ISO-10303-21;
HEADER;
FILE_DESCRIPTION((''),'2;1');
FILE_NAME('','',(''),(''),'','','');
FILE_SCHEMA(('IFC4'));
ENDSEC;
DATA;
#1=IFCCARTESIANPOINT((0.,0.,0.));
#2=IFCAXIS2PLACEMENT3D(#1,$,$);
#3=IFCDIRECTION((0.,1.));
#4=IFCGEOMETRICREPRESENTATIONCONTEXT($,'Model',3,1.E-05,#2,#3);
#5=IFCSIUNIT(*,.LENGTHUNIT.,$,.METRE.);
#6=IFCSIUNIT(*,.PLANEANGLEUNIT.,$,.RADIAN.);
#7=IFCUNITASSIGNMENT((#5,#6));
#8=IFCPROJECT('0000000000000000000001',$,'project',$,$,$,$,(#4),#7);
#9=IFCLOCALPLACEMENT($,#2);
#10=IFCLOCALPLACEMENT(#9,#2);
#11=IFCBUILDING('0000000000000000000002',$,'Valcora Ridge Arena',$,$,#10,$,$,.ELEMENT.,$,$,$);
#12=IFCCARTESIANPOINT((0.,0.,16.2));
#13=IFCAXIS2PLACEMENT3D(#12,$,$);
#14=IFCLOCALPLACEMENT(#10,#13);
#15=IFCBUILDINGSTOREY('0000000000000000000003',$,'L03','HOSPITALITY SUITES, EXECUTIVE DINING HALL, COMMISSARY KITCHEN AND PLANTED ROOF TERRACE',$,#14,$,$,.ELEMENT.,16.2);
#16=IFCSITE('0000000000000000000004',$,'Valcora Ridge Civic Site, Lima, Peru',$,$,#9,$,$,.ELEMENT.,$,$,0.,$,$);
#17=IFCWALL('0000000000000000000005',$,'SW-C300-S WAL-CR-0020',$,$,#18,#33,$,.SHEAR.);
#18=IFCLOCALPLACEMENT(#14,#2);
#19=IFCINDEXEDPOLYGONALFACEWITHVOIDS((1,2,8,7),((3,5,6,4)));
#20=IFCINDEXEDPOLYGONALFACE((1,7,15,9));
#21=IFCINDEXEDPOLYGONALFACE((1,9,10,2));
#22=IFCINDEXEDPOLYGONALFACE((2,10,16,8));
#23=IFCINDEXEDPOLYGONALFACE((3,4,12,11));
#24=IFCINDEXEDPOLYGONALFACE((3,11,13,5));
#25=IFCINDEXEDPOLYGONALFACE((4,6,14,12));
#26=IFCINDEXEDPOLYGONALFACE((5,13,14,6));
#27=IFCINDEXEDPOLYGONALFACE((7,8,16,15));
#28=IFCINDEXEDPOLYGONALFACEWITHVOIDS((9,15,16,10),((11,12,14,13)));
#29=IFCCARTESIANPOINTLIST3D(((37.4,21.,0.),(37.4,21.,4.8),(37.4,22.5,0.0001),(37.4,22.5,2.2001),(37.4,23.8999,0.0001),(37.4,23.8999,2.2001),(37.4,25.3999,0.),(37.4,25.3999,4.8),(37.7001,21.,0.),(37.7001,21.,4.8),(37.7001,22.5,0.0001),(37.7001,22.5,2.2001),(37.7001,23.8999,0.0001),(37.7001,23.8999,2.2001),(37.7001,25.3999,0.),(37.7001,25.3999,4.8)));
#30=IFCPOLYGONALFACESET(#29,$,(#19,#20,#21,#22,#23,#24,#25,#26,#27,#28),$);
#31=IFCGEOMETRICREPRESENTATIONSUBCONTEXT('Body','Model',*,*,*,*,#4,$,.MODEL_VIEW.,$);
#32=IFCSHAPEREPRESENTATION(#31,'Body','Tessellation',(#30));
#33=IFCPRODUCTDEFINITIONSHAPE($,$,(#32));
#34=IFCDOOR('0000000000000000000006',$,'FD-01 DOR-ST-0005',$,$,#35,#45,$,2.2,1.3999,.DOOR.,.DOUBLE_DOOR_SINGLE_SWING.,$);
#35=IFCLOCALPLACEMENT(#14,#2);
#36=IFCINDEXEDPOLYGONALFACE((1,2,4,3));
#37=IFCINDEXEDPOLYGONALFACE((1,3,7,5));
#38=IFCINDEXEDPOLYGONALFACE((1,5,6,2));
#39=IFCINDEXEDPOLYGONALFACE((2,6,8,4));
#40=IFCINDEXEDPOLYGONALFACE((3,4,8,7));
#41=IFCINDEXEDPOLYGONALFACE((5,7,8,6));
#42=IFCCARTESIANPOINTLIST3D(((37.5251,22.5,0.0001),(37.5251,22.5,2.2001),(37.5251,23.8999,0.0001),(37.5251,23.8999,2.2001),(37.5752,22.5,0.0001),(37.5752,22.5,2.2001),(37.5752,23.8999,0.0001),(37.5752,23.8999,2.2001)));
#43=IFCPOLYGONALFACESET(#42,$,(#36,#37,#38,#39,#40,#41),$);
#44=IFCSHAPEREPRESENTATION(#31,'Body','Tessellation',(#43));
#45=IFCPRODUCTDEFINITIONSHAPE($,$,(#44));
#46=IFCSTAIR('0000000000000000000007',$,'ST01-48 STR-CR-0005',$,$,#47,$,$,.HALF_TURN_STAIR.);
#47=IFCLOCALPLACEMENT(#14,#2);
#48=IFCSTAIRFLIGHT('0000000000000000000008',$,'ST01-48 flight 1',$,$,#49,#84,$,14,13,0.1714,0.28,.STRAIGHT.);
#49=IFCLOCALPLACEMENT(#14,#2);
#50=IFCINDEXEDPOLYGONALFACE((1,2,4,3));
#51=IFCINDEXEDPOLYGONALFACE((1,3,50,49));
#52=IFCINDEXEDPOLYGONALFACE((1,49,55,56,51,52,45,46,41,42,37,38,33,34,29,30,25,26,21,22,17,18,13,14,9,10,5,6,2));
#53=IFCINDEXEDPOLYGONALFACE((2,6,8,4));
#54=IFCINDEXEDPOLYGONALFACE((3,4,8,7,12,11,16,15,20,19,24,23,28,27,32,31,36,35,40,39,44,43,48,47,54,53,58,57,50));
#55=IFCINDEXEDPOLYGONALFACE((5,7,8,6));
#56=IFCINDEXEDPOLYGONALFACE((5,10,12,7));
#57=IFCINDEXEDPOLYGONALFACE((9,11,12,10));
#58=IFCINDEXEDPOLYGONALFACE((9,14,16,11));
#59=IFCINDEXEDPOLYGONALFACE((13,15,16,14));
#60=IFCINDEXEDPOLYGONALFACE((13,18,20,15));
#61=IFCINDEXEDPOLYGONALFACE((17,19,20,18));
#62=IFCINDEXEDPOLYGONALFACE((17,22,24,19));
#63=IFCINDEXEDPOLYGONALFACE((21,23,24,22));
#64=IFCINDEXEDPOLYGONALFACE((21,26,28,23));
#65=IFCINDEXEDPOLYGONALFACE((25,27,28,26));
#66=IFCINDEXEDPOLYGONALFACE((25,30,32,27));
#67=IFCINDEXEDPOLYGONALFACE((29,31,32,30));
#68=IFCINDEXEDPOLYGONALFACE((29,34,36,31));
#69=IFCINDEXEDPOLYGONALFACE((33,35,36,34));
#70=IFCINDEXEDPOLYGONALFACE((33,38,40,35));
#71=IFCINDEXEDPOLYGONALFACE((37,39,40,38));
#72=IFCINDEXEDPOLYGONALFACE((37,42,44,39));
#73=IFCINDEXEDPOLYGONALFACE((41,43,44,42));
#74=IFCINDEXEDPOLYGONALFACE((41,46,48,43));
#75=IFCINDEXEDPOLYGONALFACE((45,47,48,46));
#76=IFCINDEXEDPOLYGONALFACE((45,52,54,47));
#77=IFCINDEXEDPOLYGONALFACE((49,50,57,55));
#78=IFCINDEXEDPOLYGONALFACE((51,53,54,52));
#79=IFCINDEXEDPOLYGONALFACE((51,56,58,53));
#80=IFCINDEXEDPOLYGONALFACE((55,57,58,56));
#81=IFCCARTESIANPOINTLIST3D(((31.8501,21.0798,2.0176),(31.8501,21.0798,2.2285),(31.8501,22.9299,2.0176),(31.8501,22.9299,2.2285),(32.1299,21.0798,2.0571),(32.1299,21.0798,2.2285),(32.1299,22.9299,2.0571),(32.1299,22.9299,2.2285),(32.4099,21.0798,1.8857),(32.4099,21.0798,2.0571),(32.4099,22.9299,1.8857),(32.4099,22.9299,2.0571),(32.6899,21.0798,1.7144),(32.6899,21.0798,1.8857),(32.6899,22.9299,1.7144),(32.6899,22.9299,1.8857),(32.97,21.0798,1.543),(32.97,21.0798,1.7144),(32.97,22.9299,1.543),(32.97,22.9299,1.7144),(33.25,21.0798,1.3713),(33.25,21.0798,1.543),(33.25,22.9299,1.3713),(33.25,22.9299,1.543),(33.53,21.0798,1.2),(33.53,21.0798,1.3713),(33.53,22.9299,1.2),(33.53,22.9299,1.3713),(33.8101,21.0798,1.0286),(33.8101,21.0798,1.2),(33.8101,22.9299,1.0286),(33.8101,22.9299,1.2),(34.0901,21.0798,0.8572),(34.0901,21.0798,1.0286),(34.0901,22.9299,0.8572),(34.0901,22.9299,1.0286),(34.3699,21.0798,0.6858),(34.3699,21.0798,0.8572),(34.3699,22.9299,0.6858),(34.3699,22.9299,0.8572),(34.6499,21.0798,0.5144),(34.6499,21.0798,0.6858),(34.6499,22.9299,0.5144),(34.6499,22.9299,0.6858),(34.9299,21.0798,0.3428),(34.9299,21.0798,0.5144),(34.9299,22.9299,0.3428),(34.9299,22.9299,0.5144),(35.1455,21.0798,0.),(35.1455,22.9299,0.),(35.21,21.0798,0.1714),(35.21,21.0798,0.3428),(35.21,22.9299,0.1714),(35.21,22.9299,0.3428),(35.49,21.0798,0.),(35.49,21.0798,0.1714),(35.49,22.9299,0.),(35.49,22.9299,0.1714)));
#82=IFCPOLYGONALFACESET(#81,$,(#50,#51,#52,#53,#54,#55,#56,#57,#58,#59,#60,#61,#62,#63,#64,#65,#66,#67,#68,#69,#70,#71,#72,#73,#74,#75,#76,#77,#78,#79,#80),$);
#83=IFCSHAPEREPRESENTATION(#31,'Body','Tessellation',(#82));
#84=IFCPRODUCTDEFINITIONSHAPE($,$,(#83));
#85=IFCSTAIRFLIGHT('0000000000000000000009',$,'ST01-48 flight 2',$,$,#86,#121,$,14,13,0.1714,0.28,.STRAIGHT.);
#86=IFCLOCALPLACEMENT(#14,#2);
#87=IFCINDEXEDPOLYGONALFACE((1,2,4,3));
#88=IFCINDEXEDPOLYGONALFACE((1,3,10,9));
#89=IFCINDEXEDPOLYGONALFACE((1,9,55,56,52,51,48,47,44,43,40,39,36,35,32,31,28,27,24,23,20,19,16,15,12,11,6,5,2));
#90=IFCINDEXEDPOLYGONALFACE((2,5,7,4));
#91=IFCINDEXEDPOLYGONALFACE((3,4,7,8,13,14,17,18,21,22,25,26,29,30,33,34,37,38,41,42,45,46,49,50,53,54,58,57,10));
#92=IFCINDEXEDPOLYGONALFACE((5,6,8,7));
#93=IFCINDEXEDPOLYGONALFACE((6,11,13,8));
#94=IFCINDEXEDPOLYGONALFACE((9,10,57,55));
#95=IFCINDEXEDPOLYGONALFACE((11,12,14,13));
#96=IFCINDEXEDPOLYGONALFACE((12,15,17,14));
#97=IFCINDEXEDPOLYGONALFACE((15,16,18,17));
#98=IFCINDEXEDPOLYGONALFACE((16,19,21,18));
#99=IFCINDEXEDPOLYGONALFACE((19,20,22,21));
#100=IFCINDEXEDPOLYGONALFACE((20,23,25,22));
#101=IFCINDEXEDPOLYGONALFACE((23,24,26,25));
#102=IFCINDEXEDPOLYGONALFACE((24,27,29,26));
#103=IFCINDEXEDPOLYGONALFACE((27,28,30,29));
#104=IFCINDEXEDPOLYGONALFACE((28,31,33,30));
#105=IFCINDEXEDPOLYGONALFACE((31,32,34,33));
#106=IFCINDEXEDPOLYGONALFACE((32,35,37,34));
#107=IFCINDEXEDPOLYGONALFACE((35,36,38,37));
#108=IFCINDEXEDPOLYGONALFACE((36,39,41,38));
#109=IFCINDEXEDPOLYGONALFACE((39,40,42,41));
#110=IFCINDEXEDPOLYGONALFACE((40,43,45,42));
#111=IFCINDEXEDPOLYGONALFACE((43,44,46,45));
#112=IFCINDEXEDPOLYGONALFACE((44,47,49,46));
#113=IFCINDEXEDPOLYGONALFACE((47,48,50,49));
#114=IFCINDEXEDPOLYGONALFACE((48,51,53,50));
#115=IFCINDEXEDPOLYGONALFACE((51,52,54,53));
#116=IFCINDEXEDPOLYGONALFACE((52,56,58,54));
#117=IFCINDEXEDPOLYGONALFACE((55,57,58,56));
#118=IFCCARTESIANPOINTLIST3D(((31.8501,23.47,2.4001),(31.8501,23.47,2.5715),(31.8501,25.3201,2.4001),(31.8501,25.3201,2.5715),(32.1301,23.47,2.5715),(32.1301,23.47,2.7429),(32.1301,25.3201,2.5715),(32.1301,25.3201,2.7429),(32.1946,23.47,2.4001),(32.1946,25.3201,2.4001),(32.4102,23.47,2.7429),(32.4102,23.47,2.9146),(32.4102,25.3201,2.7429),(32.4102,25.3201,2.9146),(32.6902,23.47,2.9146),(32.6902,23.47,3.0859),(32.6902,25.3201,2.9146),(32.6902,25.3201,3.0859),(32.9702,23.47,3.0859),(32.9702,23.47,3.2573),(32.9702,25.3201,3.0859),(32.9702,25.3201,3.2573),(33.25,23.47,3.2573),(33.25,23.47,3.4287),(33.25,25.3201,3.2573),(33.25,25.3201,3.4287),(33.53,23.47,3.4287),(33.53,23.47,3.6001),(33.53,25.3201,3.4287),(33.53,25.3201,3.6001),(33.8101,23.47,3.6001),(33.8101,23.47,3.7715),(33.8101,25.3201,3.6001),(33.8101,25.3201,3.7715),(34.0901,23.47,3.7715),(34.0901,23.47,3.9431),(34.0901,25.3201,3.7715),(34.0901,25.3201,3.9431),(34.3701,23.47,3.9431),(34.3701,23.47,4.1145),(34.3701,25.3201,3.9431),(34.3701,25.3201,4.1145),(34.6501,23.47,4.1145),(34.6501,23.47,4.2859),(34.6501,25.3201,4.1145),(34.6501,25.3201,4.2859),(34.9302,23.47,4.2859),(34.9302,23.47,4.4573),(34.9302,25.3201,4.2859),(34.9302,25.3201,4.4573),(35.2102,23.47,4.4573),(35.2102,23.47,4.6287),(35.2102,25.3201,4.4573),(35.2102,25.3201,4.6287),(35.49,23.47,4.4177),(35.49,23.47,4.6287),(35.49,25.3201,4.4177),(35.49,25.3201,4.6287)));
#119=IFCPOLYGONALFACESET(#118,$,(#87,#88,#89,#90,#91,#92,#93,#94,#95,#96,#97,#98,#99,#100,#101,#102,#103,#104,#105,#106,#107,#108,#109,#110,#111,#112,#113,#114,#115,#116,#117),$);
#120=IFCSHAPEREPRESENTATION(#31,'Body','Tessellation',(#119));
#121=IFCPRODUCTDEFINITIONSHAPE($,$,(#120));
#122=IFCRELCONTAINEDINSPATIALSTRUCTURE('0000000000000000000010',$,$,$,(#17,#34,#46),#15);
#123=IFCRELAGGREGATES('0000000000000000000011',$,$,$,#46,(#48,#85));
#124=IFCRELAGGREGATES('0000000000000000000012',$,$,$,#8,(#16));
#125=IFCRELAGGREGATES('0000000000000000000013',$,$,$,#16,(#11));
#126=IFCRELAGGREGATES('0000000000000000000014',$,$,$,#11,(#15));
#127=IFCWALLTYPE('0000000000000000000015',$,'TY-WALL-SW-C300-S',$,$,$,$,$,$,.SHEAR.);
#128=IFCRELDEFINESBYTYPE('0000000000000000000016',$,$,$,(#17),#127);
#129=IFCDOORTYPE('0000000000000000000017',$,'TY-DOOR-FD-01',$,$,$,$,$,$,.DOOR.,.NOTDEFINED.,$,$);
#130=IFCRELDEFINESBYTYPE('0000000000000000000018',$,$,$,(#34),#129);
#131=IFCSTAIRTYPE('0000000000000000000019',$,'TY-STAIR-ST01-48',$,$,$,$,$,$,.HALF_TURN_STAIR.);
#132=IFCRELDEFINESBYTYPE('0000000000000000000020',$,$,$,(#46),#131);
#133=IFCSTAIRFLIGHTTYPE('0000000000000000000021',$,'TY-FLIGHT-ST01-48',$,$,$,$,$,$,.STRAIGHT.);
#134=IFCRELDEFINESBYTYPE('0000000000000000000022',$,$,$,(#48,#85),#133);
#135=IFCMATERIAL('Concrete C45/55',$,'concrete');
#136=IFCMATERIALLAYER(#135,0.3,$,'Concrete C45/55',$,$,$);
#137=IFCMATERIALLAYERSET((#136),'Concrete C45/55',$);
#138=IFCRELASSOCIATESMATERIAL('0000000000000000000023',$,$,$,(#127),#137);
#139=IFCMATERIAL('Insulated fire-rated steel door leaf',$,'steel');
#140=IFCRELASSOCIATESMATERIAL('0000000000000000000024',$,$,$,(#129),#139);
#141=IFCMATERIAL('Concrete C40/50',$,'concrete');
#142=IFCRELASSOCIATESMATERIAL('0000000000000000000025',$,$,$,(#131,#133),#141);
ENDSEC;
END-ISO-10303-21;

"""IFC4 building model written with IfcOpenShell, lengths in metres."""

from ifc_helpers import new_model, si_unit, direction, frame, frame_2d, origin, place, context, subcontext, project, spatial, polyline, rectangle, outline, extrude, material, layer, layer_set, type_object, element, fill, aggregate, save


model = new_model("IFC4")

# Units and contexts
model_context = context("Model", 3, precision=1e-05, world=origin(), true_north=direction((0.0, 1.0)))
body_context = subcontext(model_context, "Body", "Model", "MODEL_VIEW")
ifc_project = project(units=[si_unit("LENGTHUNIT", "METRE"), si_unit("PLANEANGLEUNIT", "RADIAN")], contexts=[model_context])

# Site, building, storey
site_placement = place(None, origin())
site = spatial("IfcSite", under=ifc_project, at=site_placement, Name="Valcora Ridge Civic Site, Lima, Peru", CompositionType="ELEMENT", RefElevation=0.0)
building_placement = place(site_placement, origin())
building = spatial("IfcBuilding", under=site, at=building_placement, Name="Valcora Ridge Arena", CompositionType="ELEMENT")
storey_placement = place(building_placement, frame((0.0, 0.0, 16.2)))
storey = spatial("IfcBuildingStorey", under=building, at=storey_placement, Name="L03", Description="HOSPITALITY SUITES, EXECUTIVE DINING HALL, COMMISSARY KITCHEN AND PLANTED ROOF TERRACE", CompositionType="ELEMENT", Elevation=16.2)

# Shared definitions
ifc_material_1 = material(Name="Concrete C40/50", Category="concrete")

# Shared definitions
ifc_material_2 = material(Name="Insulated fire-rated steel door leaf", Category="steel")

# Shared definitions
ifc_material_3 = material(Name="Concrete C45/55", Category="concrete")
ifc_layer_1 = layer(ifc_material_3, 0.3, Name="Concrete C45/55")
ifc_layer_set_1 = layer_set([ifc_layer_1], Name="Concrete C45/55")
wall_type_1 = type_object("IfcWallType", Name="TY-WALL-SW-C300-S", PredefinedType="SHEAR", material=ifc_layer_set_1)

# Wall, opening, door
wall_1_placement = place(storey_placement, frame((37.55, 21.0, 0.0), z_axis=(0.0, 0.0, 1.0), x_axis=(0.0, 1.0, 0.0)))
wall_1 = element("IfcWall", 1, at=wall_1_placement, inside=storey, type_object=wall_type_1, Name="SW-C300-S WAL-CR-0020", PredefinedType="SHEAR", context=body_context, shape_type="SweptSolid", body=[
    extrude(rectangle(XDim=4.3999, YDim=0.3, at=frame_2d((2.2, 0.0))), origin(), (0.0, 0.0, 1.0), 4.8),
])
opening_1_placement = place(wall_1_placement, frame((1.5, 0.0, 0.0)))
opening_1 = element("IfcOpeningElement", 2, at=opening_1_placement, cuts=wall_1, PredefinedType="OPENING", context=body_context, shape_type="SweptSolid", body=[
    extrude(rectangle(XDim=1.3999, YDim=2.2, at=frame_2d((0.7, 1.1001))), frame((0.0, 0.1599, 0.0), z_axis=(0.0, -1.0, 0.0), x_axis=(1.0, 0.0, 0.0)), (0.0, 0.0, 1.0), 0.3201),
])
door_type_1 = type_object("IfcDoorType", Name="TY-DOOR-FD-01", OperationType="NOTDEFINED", PredefinedType="DOOR", material=ifc_material_2)
door_1_placement = place(opening_1_placement, origin())
door_1 = element("IfcDoor", 3, at=door_1_placement, inside=storey, type_object=door_type_1, Name="FD-01 DOR-ST-0005", OperationType="DOUBLE_DOOR_SINGLE_SWING", OverallHeight=2.2, OverallWidth=1.3999, PredefinedType="DOOR", context=body_context, shape_type="SweptSolid", body=[
    extrude(rectangle(XDim=1.3999, YDim=2.2, at=frame_2d((0.7, 1.1001))), frame((0.0, 0.0249, 0.0), z_axis=(0.0, -1.0, 0.0), x_axis=(1.0, 0.0, 0.0)), (0.0, 0.0, 1.0), 0.05),
])
fill(opening_1, door_1)

# Stair, stair flights
stair_type = type_object("IfcStairType", Name="TY-STAIR-ST01-48", PredefinedType="HALF_TURN_STAIR", material=ifc_material_1)
stair_placement = place(storey_placement, origin())
stair = element("IfcStair", 4, at=stair_placement, inside=storey, type_object=stair_type, Name="ST01-48 STR-CR-0005", PredefinedType="HALF_TURN_STAIR")
stair_flight_type = type_object("IfcStairFlightType", Name="TY-FLIGHT-ST01-48", PredefinedType="STRAIGHT", material=ifc_material_1)
stair_flight_1_placement = place(storey_placement, frame((35.49, 22.0049, 0.0), z_axis=(0.0, 0.0, 1.0), x_axis=(-1.0, 0.0, 0.0)))
stair_flight_1 = element("IfcStairFlight", 5, at=stair_flight_1_placement, type_object=stair_flight_type, Name="ST01-48 flight 1", NumberOfRisers=14, NumberOfTreads=13, PredefinedType="STRAIGHT", RiserHeight=0.1714, TreadLength=0.28, context=body_context, shape_type="SweptSolid", body=[
    extrude(outline(polyline([(0.0, 0.0), (0.0, 0.1714), (0.28, 0.1714), (0.28, 0.3428), (0.5601, 0.3428), (0.5601, 0.5144), (0.8401, 0.5144), (0.8401, 0.6858), (1.1201, 0.6858), (1.1201, 0.8572), (1.3999, 0.8572), (1.3999, 1.0286), (1.6799, 1.0286), (1.6799, 1.2), (1.96, 1.2), (1.96, 1.3713), (2.24, 1.3713), (2.24, 1.543), (2.52, 1.543), (2.52, 1.7144), (2.8, 1.7144), (2.8, 1.8857), (3.0801, 1.8857), (3.0801, 2.0571), (3.3601, 2.0571), (3.3601, 2.2285), (3.6399, 2.2285), (3.6399, 2.3999), (3.6399, 2.0176), (0.3445, 0.0), (0.0, 0.0)])), frame((0.0, 0.925, 0.0), z_axis=(0.0, -1.0, 0.0), x_axis=(1.0, 0.0, 0.0)), (0.0, 0.0, 1.0), 1.8501),
])
stair_flight_2_placement = place(storey_placement, frame((31.8501, 24.395, 2.4001), z_axis=(0.0, 0.0, 1.0), x_axis=(1.0, 0.0, 0.0)))
stair_flight_2 = element("IfcStairFlight", 6, at=stair_flight_2_placement, type_object=stair_flight_type, Name="ST01-48 flight 2", NumberOfRisers=14, NumberOfTreads=13, PredefinedType="STRAIGHT", RiserHeight=0.1714, TreadLength=0.28, context=body_context, shape_type="SweptSolid", body=[
    extrude(outline(polyline([(0.0, 0.0), (0.0, 0.1714), (0.28, 0.1714), (0.28, 0.3428), (0.5601, 0.3428), (0.5601, 0.5144), (0.8401, 0.5144), (0.8401, 0.6858), (1.1201, 0.6858), (1.1201, 0.8572), (1.3999, 0.8572), (1.3999, 1.0286), (1.6799, 1.0286), (1.6799, 1.2), (1.96, 1.2), (1.96, 1.3713), (2.24, 1.3713), (2.24, 1.543), (2.52, 1.543), (2.52, 1.7144), (2.8, 1.7144), (2.8, 1.8857), (3.0801, 1.8857), (3.0801, 2.0571), (3.3601, 2.0571), (3.3601, 2.2285), (3.6399, 2.2285), (3.6399, 2.3999), (3.6399, 2.0176), (0.3445, 0.0), (0.0, 0.0)])), frame((0.0, 0.925, 0.0), z_axis=(0.0, -1.0, 0.0), x_axis=(1.0, 0.0, 0.0)), (0.0, 0.0, 1.0), 1.8501),
])
aggregate(stair, [stair_flight_1, stair_flight_2])

save(model, "model.ifc")
